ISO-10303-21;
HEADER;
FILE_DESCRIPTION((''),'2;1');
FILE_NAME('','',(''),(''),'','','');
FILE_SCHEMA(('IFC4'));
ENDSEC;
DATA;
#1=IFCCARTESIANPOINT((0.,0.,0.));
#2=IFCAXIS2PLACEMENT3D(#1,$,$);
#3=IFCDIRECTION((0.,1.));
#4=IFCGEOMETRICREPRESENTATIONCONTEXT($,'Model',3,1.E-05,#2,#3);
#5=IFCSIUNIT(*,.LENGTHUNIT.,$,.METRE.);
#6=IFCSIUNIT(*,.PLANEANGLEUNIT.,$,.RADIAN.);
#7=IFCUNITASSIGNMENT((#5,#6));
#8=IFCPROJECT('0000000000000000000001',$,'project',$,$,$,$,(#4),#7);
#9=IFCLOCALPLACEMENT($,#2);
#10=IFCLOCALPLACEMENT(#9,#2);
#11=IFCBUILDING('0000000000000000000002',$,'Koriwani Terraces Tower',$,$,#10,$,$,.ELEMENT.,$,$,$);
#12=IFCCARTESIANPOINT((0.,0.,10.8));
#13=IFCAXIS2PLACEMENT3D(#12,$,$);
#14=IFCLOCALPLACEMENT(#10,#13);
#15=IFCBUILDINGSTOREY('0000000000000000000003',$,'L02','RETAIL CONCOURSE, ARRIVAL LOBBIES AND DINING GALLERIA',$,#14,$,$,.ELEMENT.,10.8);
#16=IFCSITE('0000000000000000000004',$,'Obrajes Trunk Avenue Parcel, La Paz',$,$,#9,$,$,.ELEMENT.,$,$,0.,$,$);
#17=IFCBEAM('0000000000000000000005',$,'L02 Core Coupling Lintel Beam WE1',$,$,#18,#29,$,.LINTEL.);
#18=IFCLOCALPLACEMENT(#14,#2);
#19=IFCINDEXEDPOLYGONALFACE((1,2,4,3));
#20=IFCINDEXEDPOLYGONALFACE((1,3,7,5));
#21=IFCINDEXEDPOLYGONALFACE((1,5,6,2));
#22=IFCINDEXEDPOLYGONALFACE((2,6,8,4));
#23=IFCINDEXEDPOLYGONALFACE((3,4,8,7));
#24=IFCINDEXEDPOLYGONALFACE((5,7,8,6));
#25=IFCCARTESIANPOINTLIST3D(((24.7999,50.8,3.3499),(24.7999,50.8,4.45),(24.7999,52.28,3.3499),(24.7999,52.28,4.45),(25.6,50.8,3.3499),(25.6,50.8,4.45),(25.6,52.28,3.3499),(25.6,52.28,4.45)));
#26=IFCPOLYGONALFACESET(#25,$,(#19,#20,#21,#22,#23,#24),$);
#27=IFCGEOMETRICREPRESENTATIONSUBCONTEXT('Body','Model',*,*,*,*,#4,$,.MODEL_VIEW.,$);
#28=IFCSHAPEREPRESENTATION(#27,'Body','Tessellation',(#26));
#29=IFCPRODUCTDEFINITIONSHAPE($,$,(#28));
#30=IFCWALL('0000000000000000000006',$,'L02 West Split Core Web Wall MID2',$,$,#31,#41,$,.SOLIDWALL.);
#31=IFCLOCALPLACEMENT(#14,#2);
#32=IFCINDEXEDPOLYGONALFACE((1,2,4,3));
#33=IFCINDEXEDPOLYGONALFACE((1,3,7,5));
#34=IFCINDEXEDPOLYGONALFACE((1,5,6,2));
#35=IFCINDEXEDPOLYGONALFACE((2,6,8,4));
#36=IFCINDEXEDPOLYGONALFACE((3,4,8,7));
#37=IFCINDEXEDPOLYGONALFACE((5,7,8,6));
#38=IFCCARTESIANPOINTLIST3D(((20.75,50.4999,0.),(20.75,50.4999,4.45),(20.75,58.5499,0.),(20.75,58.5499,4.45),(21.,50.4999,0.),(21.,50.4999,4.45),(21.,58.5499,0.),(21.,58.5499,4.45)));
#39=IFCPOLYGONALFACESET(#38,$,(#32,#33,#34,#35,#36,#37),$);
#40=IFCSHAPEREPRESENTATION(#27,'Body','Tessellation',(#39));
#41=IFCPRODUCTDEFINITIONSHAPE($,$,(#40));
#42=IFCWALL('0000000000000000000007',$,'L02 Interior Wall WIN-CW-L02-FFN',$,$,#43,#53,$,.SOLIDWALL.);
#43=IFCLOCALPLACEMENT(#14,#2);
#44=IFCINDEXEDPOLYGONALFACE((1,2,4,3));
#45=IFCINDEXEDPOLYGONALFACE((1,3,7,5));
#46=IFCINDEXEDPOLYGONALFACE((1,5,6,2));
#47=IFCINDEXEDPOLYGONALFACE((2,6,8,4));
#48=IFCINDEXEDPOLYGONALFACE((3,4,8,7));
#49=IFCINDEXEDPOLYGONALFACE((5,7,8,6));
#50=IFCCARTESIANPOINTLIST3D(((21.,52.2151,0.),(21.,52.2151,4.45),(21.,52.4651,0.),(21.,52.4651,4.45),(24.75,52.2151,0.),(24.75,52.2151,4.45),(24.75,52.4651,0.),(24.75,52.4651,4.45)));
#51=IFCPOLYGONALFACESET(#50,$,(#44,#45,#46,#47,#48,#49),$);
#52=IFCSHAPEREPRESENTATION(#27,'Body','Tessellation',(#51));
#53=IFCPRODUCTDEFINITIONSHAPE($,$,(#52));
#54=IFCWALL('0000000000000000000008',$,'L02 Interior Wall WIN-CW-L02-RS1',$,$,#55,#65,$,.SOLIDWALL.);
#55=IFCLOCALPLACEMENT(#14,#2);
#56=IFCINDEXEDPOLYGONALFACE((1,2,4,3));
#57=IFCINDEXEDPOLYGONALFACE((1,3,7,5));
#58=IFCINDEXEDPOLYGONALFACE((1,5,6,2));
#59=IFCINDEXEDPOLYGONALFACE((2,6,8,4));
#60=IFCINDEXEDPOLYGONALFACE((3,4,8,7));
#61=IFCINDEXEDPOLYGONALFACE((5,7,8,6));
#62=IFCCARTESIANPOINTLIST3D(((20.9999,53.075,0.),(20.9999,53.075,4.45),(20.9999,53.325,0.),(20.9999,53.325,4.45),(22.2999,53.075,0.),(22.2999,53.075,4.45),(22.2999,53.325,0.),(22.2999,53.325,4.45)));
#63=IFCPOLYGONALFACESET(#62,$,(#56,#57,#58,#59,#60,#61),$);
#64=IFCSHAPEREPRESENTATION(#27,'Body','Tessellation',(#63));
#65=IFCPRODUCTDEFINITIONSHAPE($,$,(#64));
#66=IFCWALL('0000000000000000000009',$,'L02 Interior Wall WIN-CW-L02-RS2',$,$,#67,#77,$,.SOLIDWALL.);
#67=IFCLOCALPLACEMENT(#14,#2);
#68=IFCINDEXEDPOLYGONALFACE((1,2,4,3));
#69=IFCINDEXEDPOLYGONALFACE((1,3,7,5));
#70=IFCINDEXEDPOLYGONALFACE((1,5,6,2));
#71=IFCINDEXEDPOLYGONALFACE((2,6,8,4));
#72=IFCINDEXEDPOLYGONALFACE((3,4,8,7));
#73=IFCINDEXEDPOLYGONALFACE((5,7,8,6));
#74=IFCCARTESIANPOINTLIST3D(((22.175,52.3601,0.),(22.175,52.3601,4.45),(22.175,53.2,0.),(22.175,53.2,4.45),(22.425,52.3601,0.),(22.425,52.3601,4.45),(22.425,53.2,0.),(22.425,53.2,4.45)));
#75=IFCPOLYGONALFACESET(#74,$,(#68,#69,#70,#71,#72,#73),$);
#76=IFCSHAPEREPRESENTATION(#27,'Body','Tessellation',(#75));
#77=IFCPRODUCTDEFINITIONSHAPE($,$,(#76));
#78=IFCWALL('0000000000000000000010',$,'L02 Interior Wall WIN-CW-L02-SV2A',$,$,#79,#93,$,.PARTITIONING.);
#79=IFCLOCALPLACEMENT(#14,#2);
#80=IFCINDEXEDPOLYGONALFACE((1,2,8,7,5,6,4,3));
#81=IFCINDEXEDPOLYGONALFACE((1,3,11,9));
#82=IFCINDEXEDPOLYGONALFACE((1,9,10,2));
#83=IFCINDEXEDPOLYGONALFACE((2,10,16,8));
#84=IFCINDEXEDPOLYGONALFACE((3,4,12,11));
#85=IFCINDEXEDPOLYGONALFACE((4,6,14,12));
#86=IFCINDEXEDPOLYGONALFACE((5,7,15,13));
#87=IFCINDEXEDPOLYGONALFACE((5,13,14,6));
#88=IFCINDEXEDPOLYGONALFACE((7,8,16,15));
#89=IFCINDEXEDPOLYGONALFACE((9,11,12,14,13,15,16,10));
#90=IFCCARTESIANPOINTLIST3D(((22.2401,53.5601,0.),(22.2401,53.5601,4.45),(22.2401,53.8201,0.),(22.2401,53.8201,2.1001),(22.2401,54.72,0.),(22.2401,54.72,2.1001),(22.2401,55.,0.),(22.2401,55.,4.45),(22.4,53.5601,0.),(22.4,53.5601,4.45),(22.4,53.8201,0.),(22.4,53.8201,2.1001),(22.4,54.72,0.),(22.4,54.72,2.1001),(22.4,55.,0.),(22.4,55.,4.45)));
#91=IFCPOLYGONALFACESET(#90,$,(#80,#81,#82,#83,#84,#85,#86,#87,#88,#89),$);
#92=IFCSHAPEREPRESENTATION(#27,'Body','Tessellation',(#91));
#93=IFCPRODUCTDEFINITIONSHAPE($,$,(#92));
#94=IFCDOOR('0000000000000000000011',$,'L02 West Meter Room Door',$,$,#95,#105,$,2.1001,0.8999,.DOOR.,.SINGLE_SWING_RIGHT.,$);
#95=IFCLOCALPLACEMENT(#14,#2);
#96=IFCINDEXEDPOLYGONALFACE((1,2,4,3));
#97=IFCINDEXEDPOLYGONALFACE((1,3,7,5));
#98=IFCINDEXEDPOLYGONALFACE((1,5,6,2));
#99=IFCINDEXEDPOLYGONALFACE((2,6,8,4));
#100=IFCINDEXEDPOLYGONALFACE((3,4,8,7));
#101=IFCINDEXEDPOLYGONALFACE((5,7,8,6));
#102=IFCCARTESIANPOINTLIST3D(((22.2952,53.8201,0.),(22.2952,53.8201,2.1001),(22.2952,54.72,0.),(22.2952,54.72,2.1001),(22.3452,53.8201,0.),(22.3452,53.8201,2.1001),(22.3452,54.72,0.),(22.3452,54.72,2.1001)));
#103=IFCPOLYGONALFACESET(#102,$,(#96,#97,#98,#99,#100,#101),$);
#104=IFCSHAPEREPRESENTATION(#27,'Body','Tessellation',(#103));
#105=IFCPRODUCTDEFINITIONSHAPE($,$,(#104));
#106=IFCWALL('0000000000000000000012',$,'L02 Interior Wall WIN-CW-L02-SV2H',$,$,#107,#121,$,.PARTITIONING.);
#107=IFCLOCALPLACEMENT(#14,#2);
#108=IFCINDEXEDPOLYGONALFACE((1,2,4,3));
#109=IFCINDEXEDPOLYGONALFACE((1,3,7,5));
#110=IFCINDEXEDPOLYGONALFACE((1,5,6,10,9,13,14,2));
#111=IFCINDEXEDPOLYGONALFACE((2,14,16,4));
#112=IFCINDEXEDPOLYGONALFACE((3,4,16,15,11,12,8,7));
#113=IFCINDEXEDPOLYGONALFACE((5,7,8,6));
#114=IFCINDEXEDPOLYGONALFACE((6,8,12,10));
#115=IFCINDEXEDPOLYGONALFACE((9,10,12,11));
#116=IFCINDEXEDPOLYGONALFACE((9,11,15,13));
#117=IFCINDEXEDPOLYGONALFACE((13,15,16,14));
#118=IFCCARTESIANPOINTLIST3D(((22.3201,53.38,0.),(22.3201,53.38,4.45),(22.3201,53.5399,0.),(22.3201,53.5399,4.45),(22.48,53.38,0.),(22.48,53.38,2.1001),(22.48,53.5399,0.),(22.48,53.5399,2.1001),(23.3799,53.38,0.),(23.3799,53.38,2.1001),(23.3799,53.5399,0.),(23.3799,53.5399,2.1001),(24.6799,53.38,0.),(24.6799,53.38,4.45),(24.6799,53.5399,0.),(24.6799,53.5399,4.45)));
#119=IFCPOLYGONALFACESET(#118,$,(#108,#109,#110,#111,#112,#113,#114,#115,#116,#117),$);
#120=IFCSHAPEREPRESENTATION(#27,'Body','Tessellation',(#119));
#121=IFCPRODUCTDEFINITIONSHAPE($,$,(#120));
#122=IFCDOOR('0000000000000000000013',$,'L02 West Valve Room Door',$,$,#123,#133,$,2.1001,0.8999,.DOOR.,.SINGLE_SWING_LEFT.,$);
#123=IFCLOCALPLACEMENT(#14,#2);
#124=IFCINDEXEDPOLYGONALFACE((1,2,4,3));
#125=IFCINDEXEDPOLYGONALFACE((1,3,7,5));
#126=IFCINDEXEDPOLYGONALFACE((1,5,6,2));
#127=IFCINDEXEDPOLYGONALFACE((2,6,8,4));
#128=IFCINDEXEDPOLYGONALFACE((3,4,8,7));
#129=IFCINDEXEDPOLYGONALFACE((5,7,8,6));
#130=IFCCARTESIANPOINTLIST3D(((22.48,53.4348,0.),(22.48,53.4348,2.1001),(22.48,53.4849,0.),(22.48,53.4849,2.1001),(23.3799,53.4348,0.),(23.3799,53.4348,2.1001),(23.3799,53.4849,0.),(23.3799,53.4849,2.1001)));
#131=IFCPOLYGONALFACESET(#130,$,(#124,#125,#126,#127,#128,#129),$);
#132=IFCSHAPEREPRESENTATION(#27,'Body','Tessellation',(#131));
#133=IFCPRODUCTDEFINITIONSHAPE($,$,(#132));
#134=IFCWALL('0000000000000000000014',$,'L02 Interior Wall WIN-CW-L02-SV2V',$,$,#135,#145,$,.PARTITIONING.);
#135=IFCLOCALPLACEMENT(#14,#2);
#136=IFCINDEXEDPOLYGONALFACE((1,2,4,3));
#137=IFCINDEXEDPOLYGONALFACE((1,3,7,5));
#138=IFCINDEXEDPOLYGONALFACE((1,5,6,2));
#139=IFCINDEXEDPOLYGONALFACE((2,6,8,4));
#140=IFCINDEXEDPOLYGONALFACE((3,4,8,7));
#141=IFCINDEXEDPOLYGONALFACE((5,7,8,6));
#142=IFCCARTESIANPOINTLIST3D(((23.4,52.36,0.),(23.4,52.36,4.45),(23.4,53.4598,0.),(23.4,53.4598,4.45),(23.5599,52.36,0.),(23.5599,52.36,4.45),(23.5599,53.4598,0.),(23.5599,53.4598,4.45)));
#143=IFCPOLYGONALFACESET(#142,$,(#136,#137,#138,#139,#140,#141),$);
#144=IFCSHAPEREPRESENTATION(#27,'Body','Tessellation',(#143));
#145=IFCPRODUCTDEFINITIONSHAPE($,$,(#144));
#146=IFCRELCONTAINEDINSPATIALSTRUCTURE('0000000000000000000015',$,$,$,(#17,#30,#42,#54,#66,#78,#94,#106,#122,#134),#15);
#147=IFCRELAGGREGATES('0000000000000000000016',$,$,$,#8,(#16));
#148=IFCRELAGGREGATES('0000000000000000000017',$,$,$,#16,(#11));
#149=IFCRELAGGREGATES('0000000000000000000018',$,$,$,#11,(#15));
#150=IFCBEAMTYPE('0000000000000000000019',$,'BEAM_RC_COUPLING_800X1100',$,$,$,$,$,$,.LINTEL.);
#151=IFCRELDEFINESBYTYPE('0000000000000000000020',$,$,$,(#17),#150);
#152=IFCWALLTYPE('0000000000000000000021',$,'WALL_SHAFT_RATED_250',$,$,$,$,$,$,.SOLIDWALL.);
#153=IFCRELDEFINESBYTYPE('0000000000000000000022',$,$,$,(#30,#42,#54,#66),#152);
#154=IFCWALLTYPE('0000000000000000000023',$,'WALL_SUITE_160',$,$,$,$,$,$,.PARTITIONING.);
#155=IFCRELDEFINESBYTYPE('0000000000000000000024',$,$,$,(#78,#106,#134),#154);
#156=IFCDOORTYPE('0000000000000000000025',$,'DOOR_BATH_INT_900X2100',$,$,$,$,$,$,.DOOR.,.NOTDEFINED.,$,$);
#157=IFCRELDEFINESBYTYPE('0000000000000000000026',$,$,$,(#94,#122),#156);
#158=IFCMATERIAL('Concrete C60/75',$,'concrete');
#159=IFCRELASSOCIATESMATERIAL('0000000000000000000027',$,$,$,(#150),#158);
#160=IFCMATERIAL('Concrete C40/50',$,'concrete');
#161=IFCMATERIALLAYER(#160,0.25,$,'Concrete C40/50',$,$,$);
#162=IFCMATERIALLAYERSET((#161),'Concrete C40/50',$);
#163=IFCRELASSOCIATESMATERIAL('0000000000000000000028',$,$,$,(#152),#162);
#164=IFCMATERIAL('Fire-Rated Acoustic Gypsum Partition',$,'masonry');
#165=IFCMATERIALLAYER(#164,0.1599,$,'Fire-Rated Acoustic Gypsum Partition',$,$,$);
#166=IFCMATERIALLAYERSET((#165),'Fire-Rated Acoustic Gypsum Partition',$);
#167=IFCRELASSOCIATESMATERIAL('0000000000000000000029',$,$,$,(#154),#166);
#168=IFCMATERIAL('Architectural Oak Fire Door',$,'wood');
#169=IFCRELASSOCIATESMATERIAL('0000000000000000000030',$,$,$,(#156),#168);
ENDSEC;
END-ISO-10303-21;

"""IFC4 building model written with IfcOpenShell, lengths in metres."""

from ifc_helpers import new_model, si_unit, direction, frame, frame_2d, origin, origin_2d, place, context, subcontext, project, spatial, rectangle, extrude, material, layer, layer_set, material_profile, profile_set, type_object, element, fill, save


model = new_model("IFC4")

# Units and contexts
model_context = context("Model", 3, precision=1e-05, world=origin(), true_north=direction((0.0, 1.0)))
body_context = subcontext(model_context, "Body", "Model", "MODEL_VIEW")
ifc_project = project(units=[si_unit("LENGTHUNIT", "METRE"), si_unit("PLANEANGLEUNIT", "RADIAN")], contexts=[model_context])

# Site, building, storey
site_placement = place(None, origin())
site = spatial("IfcSite", under=ifc_project, at=site_placement, Name="Obrajes Trunk Avenue Parcel, La Paz", CompositionType="ELEMENT", RefElevation=0.0)
building_placement = place(site_placement, origin())
building = spatial("IfcBuilding", under=site, at=building_placement, Name="Koriwani Terraces Tower", CompositionType="ELEMENT")
storey_placement = place(building_placement, frame((0.0, 0.0, 10.8)))
storey = spatial("IfcBuildingStorey", under=building, at=storey_placement, Name="L02", Description="RETAIL CONCOURSE, ARRIVAL LOBBIES AND DINING GALLERIA", CompositionType="ELEMENT", Elevation=10.8)

# Beam
ifc_material_1 = material(Name="Concrete C60/75", Category="concrete")
ifc_material_profile = material_profile(ifc_material_1, rectangle(XDim=0.8, YDim=1.1001, at=origin_2d()), Name="Concrete C60/75", Category="LoadBearing")
ifc_profile_set = profile_set([ifc_material_profile], Name="Concrete C60/75")
beam_type = type_object("IfcBeamType", Name="BEAM_RC_COUPLING_800X1100", PredefinedType="LINTEL", material=ifc_profile_set)
beam_placement = place(storey_placement, frame((25.2, 50.8, 3.8999), z_axis=(0.0, 1.0, 0.0), x_axis=(-1.0, 0.0, 0.0)))
element("IfcBeam", 1, at=beam_placement, inside=storey, type_object=beam_type, Name="L02 Core Coupling Lintel Beam WE1", PredefinedType="LINTEL", context=body_context, shape_type="SweptSolid", body=[
    extrude(rectangle(XDim=0.8, YDim=1.1001, at=origin_2d()), origin(), (0.0, 0.0, 1.0), 1.48),
])

# Wall
ifc_material_2 = material(Name="Concrete C40/50", Category="concrete")
ifc_layer_1 = layer(ifc_material_2, 0.25, Name="Concrete C40/50")
ifc_layer_set_1 = layer_set([ifc_layer_1], Name="Concrete C40/50")
wall_type_1 = type_object("IfcWallType", Name="WALL_SHAFT_RATED_250", PredefinedType="SOLIDWALL", material=ifc_layer_set_1)
wall_1_placement = place(storey_placement, frame((20.875, 50.5, 0.0), z_axis=(0.0, 0.0, 1.0), x_axis=(0.0, 1.0, 0.0)))
element("IfcWall", 2, at=wall_1_placement, inside=storey, type_object=wall_type_1, Name="L02 West Split Core Web Wall MID2", PredefinedType="SOLIDWALL", context=body_context, shape_type="SweptSolid", body=[
    extrude(rectangle(XDim=8.05, YDim=0.25, at=frame_2d((4.0249, 0.0))), origin(), (0.0, 0.0, 1.0), 4.45),
])

# Wall
wall_2_placement = place(storey_placement, frame((21.0, 52.3401, 0.0), z_axis=(0.0, 0.0, 1.0), x_axis=(1.0, 0.0, 0.0)))
element("IfcWall", 3, at=wall_2_placement, inside=storey, type_object=wall_type_1, Name="L02 Interior Wall WIN-CW-L02-FFN", PredefinedType="SOLIDWALL", context=body_context, shape_type="SweptSolid", body=[
    extrude(rectangle(XDim=3.75, YDim=0.25, at=frame_2d((1.875, 0.0))), origin(), (0.0, 0.0, 1.0), 4.45),
])

# Walls
wall_3_placement = place(storey_placement, frame((21.0, 53.2, 0.0), z_axis=(0.0, 0.0, 1.0), x_axis=(1.0, 0.0, 0.0)))
element("IfcWall", 4, at=wall_3_placement, inside=storey, type_object=wall_type_1, Name="L02 Interior Wall WIN-CW-L02-RS1", PredefinedType="SOLIDWALL", context=body_context, shape_type="SweptSolid", body=[
    extrude(rectangle(XDim=1.3, YDim=0.25, at=frame_2d((0.6499, 0.0))), origin(), (0.0, 0.0, 1.0), 4.45),
])
wall_4_placement = place(storey_placement, frame((22.3, 52.3601, 0.0), z_axis=(0.0, 0.0, 1.0), x_axis=(0.0, 1.0, 0.0)))
element("IfcWall", 5, at=wall_4_placement, inside=storey, type_object=wall_type_1, Name="L02 Interior Wall WIN-CW-L02-RS2", PredefinedType="SOLIDWALL", context=body_context, shape_type="SweptSolid", body=[
    extrude(rectangle(XDim=0.8398, YDim=0.25, at=frame_2d((0.4199, 0.0))), origin(), (0.0, 0.0, 1.0), 4.45),
])

# Walls, openings, doors
ifc_material_3 = material(Name="Fire-Rated Acoustic Gypsum Partition", Category="masonry")
ifc_layer_2 = layer(ifc_material_3, 0.1599, Name="Fire-Rated Acoustic Gypsum Partition")
ifc_layer_set_2 = layer_set([ifc_layer_2], Name="Fire-Rated Acoustic Gypsum Partition")
wall_type_2 = type_object("IfcWallType", Name="WALL_SUITE_160", PredefinedType="PARTITIONING", material=ifc_layer_set_2)
wall_5_placement = place(storey_placement, frame((22.3201, 53.5601, 0.0), z_axis=(0.0, 0.0, 1.0), x_axis=(0.0, 1.0, 0.0)))
wall_5 = element("IfcWall", 6, at=wall_5_placement, inside=storey, type_object=wall_type_2, Name="L02 Interior Wall WIN-CW-L02-SV2A", PredefinedType="PARTITIONING", context=body_context, shape_type="SweptSolid", body=[
    extrude(rectangle(XDim=1.4399, YDim=0.1599, at=frame_2d((0.72, 0.0))), origin(), (0.0, 0.0, 1.0), 4.45),
])
opening_1_placement = place(wall_5_placement, frame((0.26, 0.0, 0.0)))
opening_1 = element("IfcOpeningElement", 7, at=opening_1_placement, cuts=wall_5, PredefinedType="OPENING", context=body_context, shape_type="SweptSolid", body=[
    extrude(rectangle(XDim=0.8999, YDim=2.1001, at=frame_2d((0.45, 1.05))), frame((0.0, 0.0898, 0.0), z_axis=(0.0, -1.0, 0.0), x_axis=(1.0, 0.0, 0.0)), (0.0, 0.0, 1.0), 0.1799),
])
ifc_material_4 = material(Name="Architectural Oak Fire Door", Category="wood")
door_type_1 = type_object("IfcDoorType", Name="DOOR_BATH_INT_900X2100", OperationType="NOTDEFINED", PredefinedType="DOOR", material=ifc_material_4)
door_1_placement = place(opening_1_placement, origin())
door_1 = element("IfcDoor", 8, at=door_1_placement, inside=storey, type_object=door_type_1, Name="L02 West Meter Room Door", OperationType="SINGLE_SWING_RIGHT", OverallHeight=2.1001, OverallWidth=0.8999, PredefinedType="DOOR", context=body_context, shape_type="SweptSolid", body=[
    extrude(rectangle(XDim=0.8999, YDim=2.1001, at=frame_2d((0.45, 1.05))), frame((0.0, 0.0249, 0.0), z_axis=(0.0, -1.0, 0.0), x_axis=(1.0, 0.0, 0.0)), (0.0, 0.0, 1.0), 0.05),
])
fill(opening_1, door_1)
wall_6_placement = place(storey_placement, frame((22.3201, 53.46, 0.0), z_axis=(0.0, 0.0, 1.0), x_axis=(1.0, 0.0, 0.0)))
wall_6 = element("IfcWall", 9, at=wall_6_placement, inside=storey, type_object=wall_type_2, Name="L02 Interior Wall WIN-CW-L02-SV2H", PredefinedType="PARTITIONING", context=body_context, shape_type="SweptSolid", body=[
    extrude(rectangle(XDim=2.3599, YDim=0.1599, at=frame_2d((1.1799, 0.0))), origin(), (0.0, 0.0, 1.0), 4.45),
])
opening_2_placement = place(wall_6_placement, frame((0.1599, 0.0, 0.0)))
opening_2 = element("IfcOpeningElement", 10, at=opening_2_placement, cuts=wall_6, PredefinedType="OPENING", context=body_context, shape_type="SweptSolid", body=[
    extrude(rectangle(XDim=0.8999, YDim=2.1001, at=frame_2d((0.45, 1.05))), frame((0.0, 0.0898, 0.0), z_axis=(0.0, -1.0, 0.0), x_axis=(1.0, 0.0, 0.0)), (0.0, 0.0, 1.0), 0.1799),
])
door_2_placement = place(opening_2_placement, origin())
door_2 = element("IfcDoor", 11, at=door_2_placement, inside=storey, type_object=door_type_1, Name="L02 West Valve Room Door", OperationType="SINGLE_SWING_LEFT", OverallHeight=2.1001, OverallWidth=0.8999, PredefinedType="DOOR", context=body_context, shape_type="SweptSolid", body=[
    extrude(rectangle(XDim=0.8999, YDim=2.1001, at=frame_2d((0.45, 1.05))), frame((0.0, 0.0249, 0.0), z_axis=(0.0, -1.0, 0.0), x_axis=(1.0, 0.0, 0.0)), (0.0, 0.0, 1.0), 0.05),
])
fill(opening_2, door_2)

# Wall
wall_7_placement = place(storey_placement, frame((23.48, 52.3601, 0.0), z_axis=(0.0, 0.0, 1.0), x_axis=(0.0, 1.0, 0.0)))
element("IfcWall", 12, at=wall_7_placement, inside=storey, type_object=wall_type_2, Name="L02 Interior Wall WIN-CW-L02-SV2V", PredefinedType="PARTITIONING", context=body_context, shape_type="SweptSolid", body=[
    extrude(rectangle(XDim=1.0999, YDim=0.1599, at=frame_2d((0.5498, 0.0))), origin(), (0.0, 0.0, 1.0), 4.45),
])

save(model, "model.ifc")
